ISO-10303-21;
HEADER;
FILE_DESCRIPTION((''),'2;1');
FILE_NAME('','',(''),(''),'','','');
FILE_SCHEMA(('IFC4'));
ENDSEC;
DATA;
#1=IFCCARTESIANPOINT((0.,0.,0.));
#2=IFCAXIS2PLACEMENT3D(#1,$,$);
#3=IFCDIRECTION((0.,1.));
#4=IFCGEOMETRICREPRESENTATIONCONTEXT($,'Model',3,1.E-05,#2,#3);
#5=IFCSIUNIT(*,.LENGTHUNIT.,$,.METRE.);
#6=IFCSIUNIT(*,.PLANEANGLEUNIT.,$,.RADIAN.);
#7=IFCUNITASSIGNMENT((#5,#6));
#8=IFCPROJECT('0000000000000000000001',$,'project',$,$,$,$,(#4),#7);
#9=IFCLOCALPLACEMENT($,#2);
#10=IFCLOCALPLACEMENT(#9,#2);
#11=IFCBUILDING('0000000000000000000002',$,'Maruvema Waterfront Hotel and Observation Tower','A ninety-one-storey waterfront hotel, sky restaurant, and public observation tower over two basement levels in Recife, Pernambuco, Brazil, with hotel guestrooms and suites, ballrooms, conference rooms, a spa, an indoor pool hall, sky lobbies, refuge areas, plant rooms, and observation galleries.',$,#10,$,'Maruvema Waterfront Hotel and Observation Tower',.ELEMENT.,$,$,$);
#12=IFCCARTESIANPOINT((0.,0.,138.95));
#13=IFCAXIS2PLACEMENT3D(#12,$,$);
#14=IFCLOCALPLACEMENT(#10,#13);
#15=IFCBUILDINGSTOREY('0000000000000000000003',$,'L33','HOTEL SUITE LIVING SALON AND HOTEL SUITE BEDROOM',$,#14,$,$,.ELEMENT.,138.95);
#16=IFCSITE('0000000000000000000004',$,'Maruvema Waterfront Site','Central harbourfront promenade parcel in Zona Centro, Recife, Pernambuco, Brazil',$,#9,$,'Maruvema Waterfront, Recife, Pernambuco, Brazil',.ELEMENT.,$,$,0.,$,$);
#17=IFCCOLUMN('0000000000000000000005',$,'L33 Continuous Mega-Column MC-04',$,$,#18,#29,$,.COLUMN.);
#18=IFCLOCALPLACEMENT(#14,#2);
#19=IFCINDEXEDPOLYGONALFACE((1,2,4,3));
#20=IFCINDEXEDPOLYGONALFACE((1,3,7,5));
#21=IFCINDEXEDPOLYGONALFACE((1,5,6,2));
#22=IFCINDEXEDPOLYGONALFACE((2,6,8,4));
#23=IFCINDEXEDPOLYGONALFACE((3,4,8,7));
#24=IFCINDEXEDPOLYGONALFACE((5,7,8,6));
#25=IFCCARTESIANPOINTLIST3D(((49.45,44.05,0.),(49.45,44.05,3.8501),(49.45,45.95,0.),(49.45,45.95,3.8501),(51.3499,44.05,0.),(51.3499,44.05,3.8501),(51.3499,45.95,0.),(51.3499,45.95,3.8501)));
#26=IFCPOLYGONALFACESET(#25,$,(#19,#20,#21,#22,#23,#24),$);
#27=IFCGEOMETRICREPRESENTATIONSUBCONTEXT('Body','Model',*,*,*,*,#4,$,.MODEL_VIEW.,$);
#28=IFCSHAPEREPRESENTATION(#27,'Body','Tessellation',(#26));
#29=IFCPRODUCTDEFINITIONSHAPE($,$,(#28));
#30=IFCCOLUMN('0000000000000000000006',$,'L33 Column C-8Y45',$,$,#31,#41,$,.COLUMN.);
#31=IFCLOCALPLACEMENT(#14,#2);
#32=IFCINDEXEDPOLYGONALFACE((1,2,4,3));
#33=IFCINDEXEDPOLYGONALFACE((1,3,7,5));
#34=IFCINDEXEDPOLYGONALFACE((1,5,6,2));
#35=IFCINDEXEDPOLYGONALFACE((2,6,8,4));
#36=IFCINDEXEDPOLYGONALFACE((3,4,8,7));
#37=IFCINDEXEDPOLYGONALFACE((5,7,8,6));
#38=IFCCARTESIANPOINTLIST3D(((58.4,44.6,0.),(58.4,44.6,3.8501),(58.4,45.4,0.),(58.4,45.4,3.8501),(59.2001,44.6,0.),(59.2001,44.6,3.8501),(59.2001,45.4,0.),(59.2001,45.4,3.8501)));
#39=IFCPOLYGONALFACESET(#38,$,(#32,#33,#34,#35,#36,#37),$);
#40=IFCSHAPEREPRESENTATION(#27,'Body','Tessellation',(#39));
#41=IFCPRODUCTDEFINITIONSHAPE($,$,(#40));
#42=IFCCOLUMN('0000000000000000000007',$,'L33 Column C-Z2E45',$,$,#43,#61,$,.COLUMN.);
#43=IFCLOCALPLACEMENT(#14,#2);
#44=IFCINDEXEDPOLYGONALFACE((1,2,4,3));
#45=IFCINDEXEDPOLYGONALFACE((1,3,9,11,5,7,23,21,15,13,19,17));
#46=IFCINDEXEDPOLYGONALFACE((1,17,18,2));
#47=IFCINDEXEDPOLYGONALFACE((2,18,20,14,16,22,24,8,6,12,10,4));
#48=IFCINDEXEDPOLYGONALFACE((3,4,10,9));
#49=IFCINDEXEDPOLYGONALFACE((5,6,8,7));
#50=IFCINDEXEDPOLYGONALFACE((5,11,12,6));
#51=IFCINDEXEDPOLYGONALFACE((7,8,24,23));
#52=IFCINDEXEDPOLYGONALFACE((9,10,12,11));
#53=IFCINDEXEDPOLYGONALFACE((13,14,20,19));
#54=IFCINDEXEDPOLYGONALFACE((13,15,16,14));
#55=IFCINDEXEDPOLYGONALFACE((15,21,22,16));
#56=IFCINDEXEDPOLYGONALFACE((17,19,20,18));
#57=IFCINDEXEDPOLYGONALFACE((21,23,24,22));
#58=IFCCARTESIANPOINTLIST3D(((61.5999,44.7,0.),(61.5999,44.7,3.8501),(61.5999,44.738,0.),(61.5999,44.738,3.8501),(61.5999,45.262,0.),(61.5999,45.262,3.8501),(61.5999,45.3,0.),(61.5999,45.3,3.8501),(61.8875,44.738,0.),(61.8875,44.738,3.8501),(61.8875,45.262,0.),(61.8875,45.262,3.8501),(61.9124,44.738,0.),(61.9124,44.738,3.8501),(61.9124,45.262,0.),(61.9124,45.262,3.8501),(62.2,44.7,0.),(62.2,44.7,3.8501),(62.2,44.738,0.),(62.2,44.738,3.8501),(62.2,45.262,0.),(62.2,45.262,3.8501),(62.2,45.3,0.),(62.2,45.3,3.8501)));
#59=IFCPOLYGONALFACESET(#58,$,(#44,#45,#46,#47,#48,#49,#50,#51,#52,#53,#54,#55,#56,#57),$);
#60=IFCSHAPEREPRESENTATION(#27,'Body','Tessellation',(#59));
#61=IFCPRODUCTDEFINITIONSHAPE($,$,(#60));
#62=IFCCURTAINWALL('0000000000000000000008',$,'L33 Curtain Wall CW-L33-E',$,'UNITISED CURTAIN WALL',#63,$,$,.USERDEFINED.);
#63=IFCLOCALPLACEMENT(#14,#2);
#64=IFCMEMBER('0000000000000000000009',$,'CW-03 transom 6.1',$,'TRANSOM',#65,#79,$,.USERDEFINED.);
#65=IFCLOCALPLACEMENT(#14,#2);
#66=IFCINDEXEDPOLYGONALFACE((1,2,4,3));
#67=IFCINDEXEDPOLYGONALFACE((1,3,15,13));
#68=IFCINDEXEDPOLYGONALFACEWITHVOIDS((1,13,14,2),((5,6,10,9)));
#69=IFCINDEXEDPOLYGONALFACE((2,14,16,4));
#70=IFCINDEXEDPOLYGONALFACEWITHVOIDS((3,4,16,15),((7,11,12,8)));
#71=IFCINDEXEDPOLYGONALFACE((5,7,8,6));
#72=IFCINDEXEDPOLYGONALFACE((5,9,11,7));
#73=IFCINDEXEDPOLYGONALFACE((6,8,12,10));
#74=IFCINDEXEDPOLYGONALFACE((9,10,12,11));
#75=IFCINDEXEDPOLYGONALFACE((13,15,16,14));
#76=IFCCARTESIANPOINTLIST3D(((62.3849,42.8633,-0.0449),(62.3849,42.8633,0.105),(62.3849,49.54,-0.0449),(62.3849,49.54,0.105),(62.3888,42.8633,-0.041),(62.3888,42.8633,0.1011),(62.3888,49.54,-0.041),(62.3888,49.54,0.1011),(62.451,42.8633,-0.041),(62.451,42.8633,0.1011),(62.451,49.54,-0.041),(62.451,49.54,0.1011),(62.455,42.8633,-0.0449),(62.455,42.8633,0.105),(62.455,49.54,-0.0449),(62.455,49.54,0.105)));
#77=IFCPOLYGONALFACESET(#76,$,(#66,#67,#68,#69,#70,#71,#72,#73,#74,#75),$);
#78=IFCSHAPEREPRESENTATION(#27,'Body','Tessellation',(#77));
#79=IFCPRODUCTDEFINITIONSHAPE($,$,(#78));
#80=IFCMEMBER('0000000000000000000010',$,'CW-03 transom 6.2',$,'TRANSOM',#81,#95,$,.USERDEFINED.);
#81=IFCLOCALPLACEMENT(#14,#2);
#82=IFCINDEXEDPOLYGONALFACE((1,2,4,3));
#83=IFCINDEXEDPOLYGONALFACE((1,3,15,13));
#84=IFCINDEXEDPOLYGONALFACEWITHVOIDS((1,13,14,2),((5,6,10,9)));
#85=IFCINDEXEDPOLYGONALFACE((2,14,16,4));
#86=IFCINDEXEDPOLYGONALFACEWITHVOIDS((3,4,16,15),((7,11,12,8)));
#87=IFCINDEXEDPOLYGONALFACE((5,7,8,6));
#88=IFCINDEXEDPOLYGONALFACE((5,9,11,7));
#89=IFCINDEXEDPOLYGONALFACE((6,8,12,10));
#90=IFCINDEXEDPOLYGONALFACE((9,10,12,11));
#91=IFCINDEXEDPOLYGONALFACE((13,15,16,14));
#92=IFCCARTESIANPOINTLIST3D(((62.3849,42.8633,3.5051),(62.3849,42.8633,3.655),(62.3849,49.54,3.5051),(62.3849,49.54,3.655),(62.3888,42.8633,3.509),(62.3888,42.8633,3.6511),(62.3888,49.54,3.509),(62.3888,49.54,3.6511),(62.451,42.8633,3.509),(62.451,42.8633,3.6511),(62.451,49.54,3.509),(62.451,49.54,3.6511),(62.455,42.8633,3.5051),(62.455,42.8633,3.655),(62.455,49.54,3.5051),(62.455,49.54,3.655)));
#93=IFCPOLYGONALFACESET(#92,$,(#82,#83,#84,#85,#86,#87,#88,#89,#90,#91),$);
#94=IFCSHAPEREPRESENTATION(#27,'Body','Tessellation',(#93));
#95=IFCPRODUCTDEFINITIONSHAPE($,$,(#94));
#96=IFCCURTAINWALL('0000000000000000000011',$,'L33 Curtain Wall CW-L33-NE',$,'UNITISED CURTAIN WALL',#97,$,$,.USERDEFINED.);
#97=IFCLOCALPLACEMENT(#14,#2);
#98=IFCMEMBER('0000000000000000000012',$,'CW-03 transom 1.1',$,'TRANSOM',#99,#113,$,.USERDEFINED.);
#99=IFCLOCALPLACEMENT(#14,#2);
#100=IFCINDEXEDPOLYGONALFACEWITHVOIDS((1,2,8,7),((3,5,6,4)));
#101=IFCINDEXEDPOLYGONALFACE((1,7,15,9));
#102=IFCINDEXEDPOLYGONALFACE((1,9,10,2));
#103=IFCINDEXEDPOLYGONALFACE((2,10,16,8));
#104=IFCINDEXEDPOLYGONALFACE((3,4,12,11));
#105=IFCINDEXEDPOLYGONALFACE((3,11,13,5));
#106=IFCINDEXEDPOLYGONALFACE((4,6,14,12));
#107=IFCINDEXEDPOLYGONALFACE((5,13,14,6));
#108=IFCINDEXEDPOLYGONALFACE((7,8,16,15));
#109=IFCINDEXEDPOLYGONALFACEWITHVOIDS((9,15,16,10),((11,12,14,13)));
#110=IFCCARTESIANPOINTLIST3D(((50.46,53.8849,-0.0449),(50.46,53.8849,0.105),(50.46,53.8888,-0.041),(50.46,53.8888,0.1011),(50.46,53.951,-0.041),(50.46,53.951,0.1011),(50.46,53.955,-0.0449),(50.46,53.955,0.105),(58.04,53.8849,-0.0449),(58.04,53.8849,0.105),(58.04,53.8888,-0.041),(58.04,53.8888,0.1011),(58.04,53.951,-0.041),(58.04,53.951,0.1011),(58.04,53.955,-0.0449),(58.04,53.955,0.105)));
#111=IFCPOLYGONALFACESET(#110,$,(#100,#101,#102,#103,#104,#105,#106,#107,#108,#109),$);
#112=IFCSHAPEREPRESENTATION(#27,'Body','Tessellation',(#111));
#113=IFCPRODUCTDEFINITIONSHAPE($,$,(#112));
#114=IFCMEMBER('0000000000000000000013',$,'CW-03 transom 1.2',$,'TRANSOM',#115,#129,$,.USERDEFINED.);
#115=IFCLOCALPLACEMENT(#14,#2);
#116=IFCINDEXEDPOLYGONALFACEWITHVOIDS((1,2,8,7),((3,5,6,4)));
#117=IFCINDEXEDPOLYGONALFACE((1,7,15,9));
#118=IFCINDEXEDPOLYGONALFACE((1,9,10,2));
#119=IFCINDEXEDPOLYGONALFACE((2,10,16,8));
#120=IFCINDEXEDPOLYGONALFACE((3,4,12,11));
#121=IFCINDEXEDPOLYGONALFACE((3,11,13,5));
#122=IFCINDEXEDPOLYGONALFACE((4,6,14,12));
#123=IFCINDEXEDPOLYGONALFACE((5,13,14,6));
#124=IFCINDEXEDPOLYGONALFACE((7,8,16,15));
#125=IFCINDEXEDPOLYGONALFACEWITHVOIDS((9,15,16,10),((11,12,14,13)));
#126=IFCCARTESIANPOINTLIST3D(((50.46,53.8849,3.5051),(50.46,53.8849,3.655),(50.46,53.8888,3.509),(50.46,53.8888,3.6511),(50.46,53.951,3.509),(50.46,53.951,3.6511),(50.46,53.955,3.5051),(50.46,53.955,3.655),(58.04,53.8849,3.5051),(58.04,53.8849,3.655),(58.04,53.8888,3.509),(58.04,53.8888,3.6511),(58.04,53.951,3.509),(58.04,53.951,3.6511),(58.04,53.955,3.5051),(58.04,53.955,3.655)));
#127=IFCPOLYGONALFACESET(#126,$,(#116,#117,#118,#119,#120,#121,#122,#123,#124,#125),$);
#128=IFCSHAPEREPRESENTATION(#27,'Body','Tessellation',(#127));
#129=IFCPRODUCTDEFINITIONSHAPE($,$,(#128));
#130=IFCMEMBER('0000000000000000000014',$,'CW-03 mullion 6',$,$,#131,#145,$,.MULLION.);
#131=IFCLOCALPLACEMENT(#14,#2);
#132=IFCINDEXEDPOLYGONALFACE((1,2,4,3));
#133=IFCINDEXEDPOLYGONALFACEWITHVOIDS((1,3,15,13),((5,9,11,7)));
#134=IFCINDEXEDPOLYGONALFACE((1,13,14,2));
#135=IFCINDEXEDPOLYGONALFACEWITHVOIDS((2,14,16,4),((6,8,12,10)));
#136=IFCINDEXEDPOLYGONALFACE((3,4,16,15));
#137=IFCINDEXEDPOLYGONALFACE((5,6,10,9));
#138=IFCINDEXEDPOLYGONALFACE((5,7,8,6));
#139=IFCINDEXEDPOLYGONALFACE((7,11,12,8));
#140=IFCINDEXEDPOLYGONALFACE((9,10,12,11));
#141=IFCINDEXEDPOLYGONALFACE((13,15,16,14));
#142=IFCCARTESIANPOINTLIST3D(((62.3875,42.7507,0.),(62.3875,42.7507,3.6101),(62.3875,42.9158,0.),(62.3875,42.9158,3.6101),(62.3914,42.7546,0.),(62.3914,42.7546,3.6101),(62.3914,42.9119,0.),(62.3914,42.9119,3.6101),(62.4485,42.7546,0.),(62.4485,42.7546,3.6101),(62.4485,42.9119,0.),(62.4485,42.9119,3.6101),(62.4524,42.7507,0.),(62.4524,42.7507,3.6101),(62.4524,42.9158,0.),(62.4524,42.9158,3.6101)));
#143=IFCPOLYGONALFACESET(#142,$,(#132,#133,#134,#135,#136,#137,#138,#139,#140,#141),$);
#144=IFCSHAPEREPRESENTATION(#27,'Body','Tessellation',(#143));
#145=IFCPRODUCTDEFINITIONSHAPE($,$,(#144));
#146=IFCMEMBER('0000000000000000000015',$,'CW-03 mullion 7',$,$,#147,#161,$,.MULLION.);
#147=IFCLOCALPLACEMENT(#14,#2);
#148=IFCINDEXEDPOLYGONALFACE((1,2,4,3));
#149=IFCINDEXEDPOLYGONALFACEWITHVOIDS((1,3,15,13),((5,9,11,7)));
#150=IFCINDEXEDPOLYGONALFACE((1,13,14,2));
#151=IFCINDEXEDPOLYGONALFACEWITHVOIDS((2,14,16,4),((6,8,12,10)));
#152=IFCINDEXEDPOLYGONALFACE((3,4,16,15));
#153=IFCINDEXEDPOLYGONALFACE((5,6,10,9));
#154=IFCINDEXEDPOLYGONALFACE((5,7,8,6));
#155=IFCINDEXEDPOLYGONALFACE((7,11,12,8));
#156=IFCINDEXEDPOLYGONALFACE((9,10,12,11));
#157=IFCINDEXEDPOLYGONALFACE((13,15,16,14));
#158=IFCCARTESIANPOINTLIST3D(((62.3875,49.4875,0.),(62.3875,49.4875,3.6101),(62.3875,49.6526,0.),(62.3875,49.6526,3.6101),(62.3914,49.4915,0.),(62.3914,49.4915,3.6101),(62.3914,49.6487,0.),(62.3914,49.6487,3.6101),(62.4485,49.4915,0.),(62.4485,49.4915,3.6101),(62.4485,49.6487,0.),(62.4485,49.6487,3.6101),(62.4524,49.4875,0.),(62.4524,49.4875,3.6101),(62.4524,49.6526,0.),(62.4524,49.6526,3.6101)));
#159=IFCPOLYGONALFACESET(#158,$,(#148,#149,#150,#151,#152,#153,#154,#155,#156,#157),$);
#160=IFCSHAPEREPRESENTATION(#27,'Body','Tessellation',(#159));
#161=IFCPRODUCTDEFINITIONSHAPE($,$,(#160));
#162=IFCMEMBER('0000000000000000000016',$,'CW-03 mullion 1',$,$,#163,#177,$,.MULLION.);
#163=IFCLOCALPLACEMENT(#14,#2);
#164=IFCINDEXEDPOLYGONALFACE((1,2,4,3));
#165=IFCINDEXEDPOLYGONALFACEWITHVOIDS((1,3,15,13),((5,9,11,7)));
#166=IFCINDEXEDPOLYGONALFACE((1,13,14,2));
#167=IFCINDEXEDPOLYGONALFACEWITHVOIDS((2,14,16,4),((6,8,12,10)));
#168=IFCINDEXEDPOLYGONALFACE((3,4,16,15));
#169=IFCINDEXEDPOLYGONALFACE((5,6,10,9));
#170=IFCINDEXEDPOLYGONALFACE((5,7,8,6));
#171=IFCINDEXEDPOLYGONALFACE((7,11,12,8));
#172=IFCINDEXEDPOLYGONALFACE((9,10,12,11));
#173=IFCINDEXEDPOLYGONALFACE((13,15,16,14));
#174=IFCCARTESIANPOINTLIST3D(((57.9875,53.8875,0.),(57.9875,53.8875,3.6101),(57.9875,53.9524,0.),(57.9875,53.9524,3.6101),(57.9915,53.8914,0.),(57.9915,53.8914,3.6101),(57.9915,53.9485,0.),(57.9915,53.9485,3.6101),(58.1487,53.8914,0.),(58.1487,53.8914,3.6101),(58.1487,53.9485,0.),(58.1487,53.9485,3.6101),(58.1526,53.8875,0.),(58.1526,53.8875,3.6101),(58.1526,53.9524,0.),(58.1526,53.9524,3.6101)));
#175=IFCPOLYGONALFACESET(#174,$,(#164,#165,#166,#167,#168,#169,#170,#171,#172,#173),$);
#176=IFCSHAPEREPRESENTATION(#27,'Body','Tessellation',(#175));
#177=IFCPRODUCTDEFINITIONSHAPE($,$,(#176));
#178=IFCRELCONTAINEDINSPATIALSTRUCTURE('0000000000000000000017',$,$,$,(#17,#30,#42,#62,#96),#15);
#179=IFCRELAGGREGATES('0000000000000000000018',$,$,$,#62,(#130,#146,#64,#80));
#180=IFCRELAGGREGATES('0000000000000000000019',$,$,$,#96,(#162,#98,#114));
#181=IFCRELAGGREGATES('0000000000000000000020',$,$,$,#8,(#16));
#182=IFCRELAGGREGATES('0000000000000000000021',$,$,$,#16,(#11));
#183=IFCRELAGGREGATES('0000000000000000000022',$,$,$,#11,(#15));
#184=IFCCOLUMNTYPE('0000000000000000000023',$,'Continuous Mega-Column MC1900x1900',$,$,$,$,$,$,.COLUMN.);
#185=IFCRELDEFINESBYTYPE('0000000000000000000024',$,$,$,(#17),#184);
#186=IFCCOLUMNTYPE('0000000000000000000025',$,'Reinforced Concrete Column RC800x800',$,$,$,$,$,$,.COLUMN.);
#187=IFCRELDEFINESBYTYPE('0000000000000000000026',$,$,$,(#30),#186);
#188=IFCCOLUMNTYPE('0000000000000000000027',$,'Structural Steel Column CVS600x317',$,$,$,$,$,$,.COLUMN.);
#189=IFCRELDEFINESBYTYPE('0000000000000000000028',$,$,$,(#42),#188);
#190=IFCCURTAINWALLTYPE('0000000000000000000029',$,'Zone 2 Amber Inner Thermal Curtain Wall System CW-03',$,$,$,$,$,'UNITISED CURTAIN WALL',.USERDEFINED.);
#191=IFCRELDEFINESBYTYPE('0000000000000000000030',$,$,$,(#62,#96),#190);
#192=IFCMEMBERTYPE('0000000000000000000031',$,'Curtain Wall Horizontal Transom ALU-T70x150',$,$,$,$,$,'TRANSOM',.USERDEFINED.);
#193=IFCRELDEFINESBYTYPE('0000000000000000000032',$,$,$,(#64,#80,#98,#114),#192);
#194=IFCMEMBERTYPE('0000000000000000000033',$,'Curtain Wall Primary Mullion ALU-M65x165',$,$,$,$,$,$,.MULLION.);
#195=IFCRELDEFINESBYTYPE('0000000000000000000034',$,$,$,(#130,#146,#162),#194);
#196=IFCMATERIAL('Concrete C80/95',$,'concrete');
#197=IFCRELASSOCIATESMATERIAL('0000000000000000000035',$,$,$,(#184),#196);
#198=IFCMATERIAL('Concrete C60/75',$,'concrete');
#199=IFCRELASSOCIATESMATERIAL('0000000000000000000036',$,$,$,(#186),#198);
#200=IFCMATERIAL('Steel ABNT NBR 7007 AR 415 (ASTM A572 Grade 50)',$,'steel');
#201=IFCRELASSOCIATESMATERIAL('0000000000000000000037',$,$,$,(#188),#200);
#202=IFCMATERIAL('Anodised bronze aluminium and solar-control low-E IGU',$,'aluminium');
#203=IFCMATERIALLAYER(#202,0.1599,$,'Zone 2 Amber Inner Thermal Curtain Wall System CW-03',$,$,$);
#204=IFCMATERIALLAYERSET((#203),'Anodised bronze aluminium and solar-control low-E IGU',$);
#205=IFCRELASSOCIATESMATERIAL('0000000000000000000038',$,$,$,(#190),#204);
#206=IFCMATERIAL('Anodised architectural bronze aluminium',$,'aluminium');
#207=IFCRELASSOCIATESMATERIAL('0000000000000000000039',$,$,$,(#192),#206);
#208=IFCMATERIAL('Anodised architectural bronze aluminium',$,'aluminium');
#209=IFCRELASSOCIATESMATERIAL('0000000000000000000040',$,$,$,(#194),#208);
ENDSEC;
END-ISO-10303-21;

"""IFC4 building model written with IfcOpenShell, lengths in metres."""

from ifc_helpers import new_model, si_unit, direction, frame, origin, origin_2d, place, context, subcontext, project, spatial, rectangle, hollow_rectangle, i_section, extrude, material, layer, layer_set, material_profile, profile_set, type_object, element, aggregate, save


model = new_model("IFC4")

# Units and contexts
model_context = context("Model", 3, precision=1e-05, world=origin(), true_north=direction((0.0, 1.0)))
body_context = subcontext(model_context, "Body", "Model", "MODEL_VIEW")
ifc_project = project(units=[si_unit("LENGTHUNIT", "METRE"), si_unit("PLANEANGLEUNIT", "RADIAN")], contexts=[model_context])

# Site, building, storey
site_placement = place(None, origin())
site = spatial("IfcSite", under=ifc_project, at=site_placement, Name="Maruvema Waterfront Site", Description="Central harbourfront promenade parcel in Zona Centro, Recife, Pernambuco, Brazil", LongName="Maruvema Waterfront, Recife, Pernambuco, Brazil", CompositionType="ELEMENT", RefElevation=0.0)
building_placement = place(site_placement, origin())
building = spatial("IfcBuilding", under=site, at=building_placement, Name="Maruvema Waterfront Hotel and Observation Tower", Description="A ninety-one-storey waterfront hotel, sky restaurant, and public observation tower over two basement levels in Recife, Pernambuco, Brazil, with hotel guestrooms and suites, ballrooms, conference rooms, a spa, an indoor pool hall, sky lobbies, refuge areas, plant rooms, and observation galleries.", LongName="Maruvema Waterfront Hotel and Observation Tower", CompositionType="ELEMENT")
storey_placement = place(building_placement, frame((0.0, 0.0, 138.95)))
storey = spatial("IfcBuildingStorey", under=building, at=storey_placement, Name="L33", Description="HOTEL SUITE LIVING SALON AND HOTEL SUITE BEDROOM", CompositionType="ELEMENT", Elevation=138.95)

# Columns
ifc_material_1 = material(Name="Concrete C80/95", Category="concrete")
ifc_material_profile_1 = material_profile(ifc_material_1, rectangle(XDim=1.8999, YDim=1.8999, at=origin_2d()), Name="MC1900x1900")
ifc_profile_set_1 = profile_set([ifc_material_profile_1], Name="Concrete C80/95")
column_type_1 = type_object("IfcColumnType", Name="Continuous Mega-Column MC1900x1900", PredefinedType="COLUMN", material=ifc_profile_set_1)
column_1_placement = place(storey_placement, frame((50.3999, 45.0, 0.0), z_axis=(0.0, 0.0, 1.0), x_axis=(1.0, 0.0, 0.0)))
element("IfcColumn", 1, at=column_1_placement, inside=storey, type_object=column_type_1, Name="L33 Continuous Mega-Column MC-04", PredefinedType="COLUMN", context=body_context, shape_type="SweptSolid", body=[
    extrude(rectangle(XDim=1.8999, YDim=1.8999, at=origin_2d()), origin(), (0.0, 0.0, 1.0), 3.8501),
])
ifc_material_2 = material(Name="Concrete C60/75", Category="concrete")
ifc_material_profile_2 = material_profile(ifc_material_2, rectangle(XDim=0.8, YDim=0.8, at=origin_2d()), Name="RC800x800")
ifc_profile_set_2 = profile_set([ifc_material_profile_2], Name="Concrete C60/75")
column_type_2 = type_object("IfcColumnType", Name="Reinforced Concrete Column RC800x800", PredefinedType="COLUMN", material=ifc_profile_set_2)
column_2_placement = place(storey_placement, frame((58.8, 45.0, 0.0), z_axis=(0.0, 0.0, 1.0), x_axis=(1.0, 0.0, 0.0)))
element("IfcColumn", 2, at=column_2_placement, inside=storey, type_object=column_type_2, Name="L33 Column C-8Y45", PredefinedType="COLUMN", context=body_context, shape_type="SweptSolid", body=[
    extrude(rectangle(XDim=0.8, YDim=0.8, at=origin_2d()), origin(), (0.0, 0.0, 1.0), 3.8501),
])
ifc_material_3 = material(Name="Steel ABNT NBR 7007 AR 415 (ASTM A572 Grade 50)", Category="steel")
ifc_material_profile_3 = material_profile(ifc_material_3, i_section(OverallWidth=0.6001, OverallDepth=0.6001, WebThickness=0.0249, FlangeThickness=0.0381, at=origin_2d()), Name="CVS600x317")
ifc_profile_set_3 = profile_set([ifc_material_profile_3], Name="Steel ABNT NBR 7007 AR 415 (ASTM A572 Grade 50)")
column_type_3 = type_object("IfcColumnType", Name="Structural Steel Column CVS600x317", PredefinedType="COLUMN", material=ifc_profile_set_3)
column_3_placement = place(storey_placement, frame((61.8999, 45.0, 0.0), z_axis=(0.0, 0.0, 1.0), x_axis=(1.0, 0.0, 0.0)))
element("IfcColumn", 3, at=column_3_placement, inside=storey, type_object=column_type_3, Name="L33 Column C-Z2E45", PredefinedType="COLUMN", context=body_context, shape_type="SweptSolid", body=[
    extrude(i_section(OverallWidth=0.6001, OverallDepth=0.6001, WebThickness=0.0249, FlangeThickness=0.0381, at=origin_2d()), origin(), (0.0, 0.0, 1.0), 3.8501),
])

# Curtain walls, members
ifc_material_4 = material(Name="Anodised bronze aluminium and solar-control low-E IGU", Category="aluminium")
ifc_layer_1 = layer(ifc_material_4, 0.1599, Name="Zone 2 Amber Inner Thermal Curtain Wall System CW-03")
ifc_layer_set_1 = layer_set([ifc_layer_1], Name="Anodised bronze aluminium and solar-control low-E IGU")
curtain_wall_type = type_object("IfcCurtainWallType", Name="Zone 2 Amber Inner Thermal Curtain Wall System CW-03", ElementType="UNITISED CURTAIN WALL", PredefinedType="USERDEFINED", material=ifc_layer_set_1)
curtain_wall_1_placement = place(storey_placement, origin())
curtain_wall_1 = element("IfcCurtainWall", 4, at=curtain_wall_1_placement, inside=storey, type_object=curtain_wall_type, Name="L33 Curtain Wall CW-L33-E", ObjectType="UNITISED CURTAIN WALL", PredefinedType="USERDEFINED")
ifc_material_5 = material(Name="Anodised architectural bronze aluminium", Category="aluminium")
ifc_material_profile_4 = material_profile(ifc_material_5, hollow_rectangle(XDim=0.0701, YDim=0.1499, WallThickness=0.0039, at=origin_2d()), Name="ALU-T70x150")
ifc_profile_set_4 = profile_set([ifc_material_profile_4], Name="Anodised architectural bronze aluminium")
member_type_1 = type_object("IfcMemberType", Name="Curtain Wall Horizontal Transom ALU-T70x150", ElementType="TRANSOM", PredefinedType="USERDEFINED", material=ifc_profile_set_4)
member_1_placement = place(storey_placement, frame((62.4199, 42.8633, 0.03), z_axis=(0.0, 1.0, 0.0), x_axis=(-1.0, 0.0, 0.0)))
member_1 = element("IfcMember", 5, at=member_1_placement, type_object=member_type_1, Name="CW-03 transom 6.1", ObjectType="TRANSOM", PredefinedType="USERDEFINED", context=body_context, shape_type="SweptSolid", body=[
    extrude(hollow_rectangle(XDim=0.0701, YDim=0.1499, WallThickness=0.0039, at=origin_2d()), origin(), (0.0, 0.0, 1.0), 6.6768),
])
member_2_placement = place(storey_placement, frame((62.4199, 42.8633, 3.5801), z_axis=(0.0, 1.0, 0.0), x_axis=(-1.0, 0.0, 0.0)))
member_2 = element("IfcMember", 6, at=member_2_placement, type_object=member_type_1, Name="CW-03 transom 6.2", ObjectType="TRANSOM", PredefinedType="USERDEFINED", context=body_context, shape_type="SweptSolid", body=[
    extrude(hollow_rectangle(XDim=0.0701, YDim=0.1499, WallThickness=0.0039, at=origin_2d()), origin(), (0.0, 0.0, 1.0), 6.6768),
])
curtain_wall_2_placement = place(storey_placement, origin())
curtain_wall_2 = element("IfcCurtainWall", 7, at=curtain_wall_2_placement, inside=storey, type_object=curtain_wall_type, Name="L33 Curtain Wall CW-L33-NE", ObjectType="UNITISED CURTAIN WALL", PredefinedType="USERDEFINED")
member_3_placement = place(storey_placement, frame((58.04, 53.9199, 0.03), z_axis=(-1.0, 0.0, 0.0), x_axis=(0.0, -1.0, 0.0)))
member_3 = element("IfcMember", 8, at=member_3_placement, type_object=member_type_1, Name="CW-03 transom 1.1", ObjectType="TRANSOM", PredefinedType="USERDEFINED", context=body_context, shape_type="SweptSolid", body=[
    extrude(hollow_rectangle(XDim=0.0701, YDim=0.1499, WallThickness=0.0039, at=origin_2d()), origin(), (0.0, 0.0, 1.0), 7.5801),
])
member_4_placement = place(storey_placement, frame((58.04, 53.9199, 3.5801), z_axis=(-1.0, 0.0, 0.0), x_axis=(0.0, -1.0, 0.0)))
member_4 = element("IfcMember", 9, at=member_4_placement, type_object=member_type_1, Name="CW-03 transom 1.2", ObjectType="TRANSOM", PredefinedType="USERDEFINED", context=body_context, shape_type="SweptSolid", body=[
    extrude(hollow_rectangle(XDim=0.0701, YDim=0.1499, WallThickness=0.0039, at=origin_2d()), origin(), (0.0, 0.0, 1.0), 7.5801),
])

# Members
ifc_material_6 = material(Name="Anodised architectural bronze aluminium", Category="aluminium")
ifc_material_profile_5 = material_profile(ifc_material_6, hollow_rectangle(XDim=0.0649, YDim=0.165, WallThickness=0.0039, at=origin_2d()), Name="ALU-M65x165")
ifc_profile_set_5 = profile_set([ifc_material_profile_5], Name="Anodised architectural bronze aluminium")
member_type_2 = type_object("IfcMemberType", Name="Curtain Wall Primary Mullion ALU-M65x165", PredefinedType="MULLION", material=ifc_profile_set_5)
member_5_placement = place(storey_placement, frame((62.4199, 42.8333, 0.0), z_axis=(0.0, 0.0, 1.0), x_axis=(-1.0, 0.0, 0.0)))
member_5 = element("IfcMember", 10, at=member_5_placement, type_object=member_type_2, Name="CW-03 mullion 6", PredefinedType="MULLION", context=body_context, shape_type="SweptSolid", body=[
    extrude(hollow_rectangle(XDim=0.0649, YDim=0.165, WallThickness=0.0039, at=origin_2d()), origin(), (0.0, 0.0, 1.0), 3.6101),
])
member_6_placement = place(storey_placement, frame((62.4199, 49.5701, 0.0), z_axis=(0.0, 0.0, 1.0), x_axis=(-1.0, 0.0, 0.0)))
member_6 = element("IfcMember", 11, at=member_6_placement, type_object=member_type_2, Name="CW-03 mullion 7", PredefinedType="MULLION", context=body_context, shape_type="SweptSolid", body=[
    extrude(hollow_rectangle(XDim=0.0649, YDim=0.165, WallThickness=0.0039, at=origin_2d()), origin(), (0.0, 0.0, 1.0), 3.6101),
])
member_7_placement = place(storey_placement, frame((58.0701, 53.9199, 0.0), z_axis=(0.0, 0.0, 1.0), x_axis=(0.0, -1.0, 0.0)))
member_7 = element("IfcMember", 12, at=member_7_placement, type_object=member_type_2, Name="CW-03 mullion 1", PredefinedType="MULLION", context=body_context, shape_type="SweptSolid", body=[
    extrude(hollow_rectangle(XDim=0.0649, YDim=0.165, WallThickness=0.0039, at=origin_2d()), origin(), (0.0, 0.0, 1.0), 3.6101),
])

aggregate(curtain_wall_1, [member_5, member_6, member_1, member_2])
aggregate(curtain_wall_2, [member_7, member_3, member_4])

save(model, "model.ifc")
